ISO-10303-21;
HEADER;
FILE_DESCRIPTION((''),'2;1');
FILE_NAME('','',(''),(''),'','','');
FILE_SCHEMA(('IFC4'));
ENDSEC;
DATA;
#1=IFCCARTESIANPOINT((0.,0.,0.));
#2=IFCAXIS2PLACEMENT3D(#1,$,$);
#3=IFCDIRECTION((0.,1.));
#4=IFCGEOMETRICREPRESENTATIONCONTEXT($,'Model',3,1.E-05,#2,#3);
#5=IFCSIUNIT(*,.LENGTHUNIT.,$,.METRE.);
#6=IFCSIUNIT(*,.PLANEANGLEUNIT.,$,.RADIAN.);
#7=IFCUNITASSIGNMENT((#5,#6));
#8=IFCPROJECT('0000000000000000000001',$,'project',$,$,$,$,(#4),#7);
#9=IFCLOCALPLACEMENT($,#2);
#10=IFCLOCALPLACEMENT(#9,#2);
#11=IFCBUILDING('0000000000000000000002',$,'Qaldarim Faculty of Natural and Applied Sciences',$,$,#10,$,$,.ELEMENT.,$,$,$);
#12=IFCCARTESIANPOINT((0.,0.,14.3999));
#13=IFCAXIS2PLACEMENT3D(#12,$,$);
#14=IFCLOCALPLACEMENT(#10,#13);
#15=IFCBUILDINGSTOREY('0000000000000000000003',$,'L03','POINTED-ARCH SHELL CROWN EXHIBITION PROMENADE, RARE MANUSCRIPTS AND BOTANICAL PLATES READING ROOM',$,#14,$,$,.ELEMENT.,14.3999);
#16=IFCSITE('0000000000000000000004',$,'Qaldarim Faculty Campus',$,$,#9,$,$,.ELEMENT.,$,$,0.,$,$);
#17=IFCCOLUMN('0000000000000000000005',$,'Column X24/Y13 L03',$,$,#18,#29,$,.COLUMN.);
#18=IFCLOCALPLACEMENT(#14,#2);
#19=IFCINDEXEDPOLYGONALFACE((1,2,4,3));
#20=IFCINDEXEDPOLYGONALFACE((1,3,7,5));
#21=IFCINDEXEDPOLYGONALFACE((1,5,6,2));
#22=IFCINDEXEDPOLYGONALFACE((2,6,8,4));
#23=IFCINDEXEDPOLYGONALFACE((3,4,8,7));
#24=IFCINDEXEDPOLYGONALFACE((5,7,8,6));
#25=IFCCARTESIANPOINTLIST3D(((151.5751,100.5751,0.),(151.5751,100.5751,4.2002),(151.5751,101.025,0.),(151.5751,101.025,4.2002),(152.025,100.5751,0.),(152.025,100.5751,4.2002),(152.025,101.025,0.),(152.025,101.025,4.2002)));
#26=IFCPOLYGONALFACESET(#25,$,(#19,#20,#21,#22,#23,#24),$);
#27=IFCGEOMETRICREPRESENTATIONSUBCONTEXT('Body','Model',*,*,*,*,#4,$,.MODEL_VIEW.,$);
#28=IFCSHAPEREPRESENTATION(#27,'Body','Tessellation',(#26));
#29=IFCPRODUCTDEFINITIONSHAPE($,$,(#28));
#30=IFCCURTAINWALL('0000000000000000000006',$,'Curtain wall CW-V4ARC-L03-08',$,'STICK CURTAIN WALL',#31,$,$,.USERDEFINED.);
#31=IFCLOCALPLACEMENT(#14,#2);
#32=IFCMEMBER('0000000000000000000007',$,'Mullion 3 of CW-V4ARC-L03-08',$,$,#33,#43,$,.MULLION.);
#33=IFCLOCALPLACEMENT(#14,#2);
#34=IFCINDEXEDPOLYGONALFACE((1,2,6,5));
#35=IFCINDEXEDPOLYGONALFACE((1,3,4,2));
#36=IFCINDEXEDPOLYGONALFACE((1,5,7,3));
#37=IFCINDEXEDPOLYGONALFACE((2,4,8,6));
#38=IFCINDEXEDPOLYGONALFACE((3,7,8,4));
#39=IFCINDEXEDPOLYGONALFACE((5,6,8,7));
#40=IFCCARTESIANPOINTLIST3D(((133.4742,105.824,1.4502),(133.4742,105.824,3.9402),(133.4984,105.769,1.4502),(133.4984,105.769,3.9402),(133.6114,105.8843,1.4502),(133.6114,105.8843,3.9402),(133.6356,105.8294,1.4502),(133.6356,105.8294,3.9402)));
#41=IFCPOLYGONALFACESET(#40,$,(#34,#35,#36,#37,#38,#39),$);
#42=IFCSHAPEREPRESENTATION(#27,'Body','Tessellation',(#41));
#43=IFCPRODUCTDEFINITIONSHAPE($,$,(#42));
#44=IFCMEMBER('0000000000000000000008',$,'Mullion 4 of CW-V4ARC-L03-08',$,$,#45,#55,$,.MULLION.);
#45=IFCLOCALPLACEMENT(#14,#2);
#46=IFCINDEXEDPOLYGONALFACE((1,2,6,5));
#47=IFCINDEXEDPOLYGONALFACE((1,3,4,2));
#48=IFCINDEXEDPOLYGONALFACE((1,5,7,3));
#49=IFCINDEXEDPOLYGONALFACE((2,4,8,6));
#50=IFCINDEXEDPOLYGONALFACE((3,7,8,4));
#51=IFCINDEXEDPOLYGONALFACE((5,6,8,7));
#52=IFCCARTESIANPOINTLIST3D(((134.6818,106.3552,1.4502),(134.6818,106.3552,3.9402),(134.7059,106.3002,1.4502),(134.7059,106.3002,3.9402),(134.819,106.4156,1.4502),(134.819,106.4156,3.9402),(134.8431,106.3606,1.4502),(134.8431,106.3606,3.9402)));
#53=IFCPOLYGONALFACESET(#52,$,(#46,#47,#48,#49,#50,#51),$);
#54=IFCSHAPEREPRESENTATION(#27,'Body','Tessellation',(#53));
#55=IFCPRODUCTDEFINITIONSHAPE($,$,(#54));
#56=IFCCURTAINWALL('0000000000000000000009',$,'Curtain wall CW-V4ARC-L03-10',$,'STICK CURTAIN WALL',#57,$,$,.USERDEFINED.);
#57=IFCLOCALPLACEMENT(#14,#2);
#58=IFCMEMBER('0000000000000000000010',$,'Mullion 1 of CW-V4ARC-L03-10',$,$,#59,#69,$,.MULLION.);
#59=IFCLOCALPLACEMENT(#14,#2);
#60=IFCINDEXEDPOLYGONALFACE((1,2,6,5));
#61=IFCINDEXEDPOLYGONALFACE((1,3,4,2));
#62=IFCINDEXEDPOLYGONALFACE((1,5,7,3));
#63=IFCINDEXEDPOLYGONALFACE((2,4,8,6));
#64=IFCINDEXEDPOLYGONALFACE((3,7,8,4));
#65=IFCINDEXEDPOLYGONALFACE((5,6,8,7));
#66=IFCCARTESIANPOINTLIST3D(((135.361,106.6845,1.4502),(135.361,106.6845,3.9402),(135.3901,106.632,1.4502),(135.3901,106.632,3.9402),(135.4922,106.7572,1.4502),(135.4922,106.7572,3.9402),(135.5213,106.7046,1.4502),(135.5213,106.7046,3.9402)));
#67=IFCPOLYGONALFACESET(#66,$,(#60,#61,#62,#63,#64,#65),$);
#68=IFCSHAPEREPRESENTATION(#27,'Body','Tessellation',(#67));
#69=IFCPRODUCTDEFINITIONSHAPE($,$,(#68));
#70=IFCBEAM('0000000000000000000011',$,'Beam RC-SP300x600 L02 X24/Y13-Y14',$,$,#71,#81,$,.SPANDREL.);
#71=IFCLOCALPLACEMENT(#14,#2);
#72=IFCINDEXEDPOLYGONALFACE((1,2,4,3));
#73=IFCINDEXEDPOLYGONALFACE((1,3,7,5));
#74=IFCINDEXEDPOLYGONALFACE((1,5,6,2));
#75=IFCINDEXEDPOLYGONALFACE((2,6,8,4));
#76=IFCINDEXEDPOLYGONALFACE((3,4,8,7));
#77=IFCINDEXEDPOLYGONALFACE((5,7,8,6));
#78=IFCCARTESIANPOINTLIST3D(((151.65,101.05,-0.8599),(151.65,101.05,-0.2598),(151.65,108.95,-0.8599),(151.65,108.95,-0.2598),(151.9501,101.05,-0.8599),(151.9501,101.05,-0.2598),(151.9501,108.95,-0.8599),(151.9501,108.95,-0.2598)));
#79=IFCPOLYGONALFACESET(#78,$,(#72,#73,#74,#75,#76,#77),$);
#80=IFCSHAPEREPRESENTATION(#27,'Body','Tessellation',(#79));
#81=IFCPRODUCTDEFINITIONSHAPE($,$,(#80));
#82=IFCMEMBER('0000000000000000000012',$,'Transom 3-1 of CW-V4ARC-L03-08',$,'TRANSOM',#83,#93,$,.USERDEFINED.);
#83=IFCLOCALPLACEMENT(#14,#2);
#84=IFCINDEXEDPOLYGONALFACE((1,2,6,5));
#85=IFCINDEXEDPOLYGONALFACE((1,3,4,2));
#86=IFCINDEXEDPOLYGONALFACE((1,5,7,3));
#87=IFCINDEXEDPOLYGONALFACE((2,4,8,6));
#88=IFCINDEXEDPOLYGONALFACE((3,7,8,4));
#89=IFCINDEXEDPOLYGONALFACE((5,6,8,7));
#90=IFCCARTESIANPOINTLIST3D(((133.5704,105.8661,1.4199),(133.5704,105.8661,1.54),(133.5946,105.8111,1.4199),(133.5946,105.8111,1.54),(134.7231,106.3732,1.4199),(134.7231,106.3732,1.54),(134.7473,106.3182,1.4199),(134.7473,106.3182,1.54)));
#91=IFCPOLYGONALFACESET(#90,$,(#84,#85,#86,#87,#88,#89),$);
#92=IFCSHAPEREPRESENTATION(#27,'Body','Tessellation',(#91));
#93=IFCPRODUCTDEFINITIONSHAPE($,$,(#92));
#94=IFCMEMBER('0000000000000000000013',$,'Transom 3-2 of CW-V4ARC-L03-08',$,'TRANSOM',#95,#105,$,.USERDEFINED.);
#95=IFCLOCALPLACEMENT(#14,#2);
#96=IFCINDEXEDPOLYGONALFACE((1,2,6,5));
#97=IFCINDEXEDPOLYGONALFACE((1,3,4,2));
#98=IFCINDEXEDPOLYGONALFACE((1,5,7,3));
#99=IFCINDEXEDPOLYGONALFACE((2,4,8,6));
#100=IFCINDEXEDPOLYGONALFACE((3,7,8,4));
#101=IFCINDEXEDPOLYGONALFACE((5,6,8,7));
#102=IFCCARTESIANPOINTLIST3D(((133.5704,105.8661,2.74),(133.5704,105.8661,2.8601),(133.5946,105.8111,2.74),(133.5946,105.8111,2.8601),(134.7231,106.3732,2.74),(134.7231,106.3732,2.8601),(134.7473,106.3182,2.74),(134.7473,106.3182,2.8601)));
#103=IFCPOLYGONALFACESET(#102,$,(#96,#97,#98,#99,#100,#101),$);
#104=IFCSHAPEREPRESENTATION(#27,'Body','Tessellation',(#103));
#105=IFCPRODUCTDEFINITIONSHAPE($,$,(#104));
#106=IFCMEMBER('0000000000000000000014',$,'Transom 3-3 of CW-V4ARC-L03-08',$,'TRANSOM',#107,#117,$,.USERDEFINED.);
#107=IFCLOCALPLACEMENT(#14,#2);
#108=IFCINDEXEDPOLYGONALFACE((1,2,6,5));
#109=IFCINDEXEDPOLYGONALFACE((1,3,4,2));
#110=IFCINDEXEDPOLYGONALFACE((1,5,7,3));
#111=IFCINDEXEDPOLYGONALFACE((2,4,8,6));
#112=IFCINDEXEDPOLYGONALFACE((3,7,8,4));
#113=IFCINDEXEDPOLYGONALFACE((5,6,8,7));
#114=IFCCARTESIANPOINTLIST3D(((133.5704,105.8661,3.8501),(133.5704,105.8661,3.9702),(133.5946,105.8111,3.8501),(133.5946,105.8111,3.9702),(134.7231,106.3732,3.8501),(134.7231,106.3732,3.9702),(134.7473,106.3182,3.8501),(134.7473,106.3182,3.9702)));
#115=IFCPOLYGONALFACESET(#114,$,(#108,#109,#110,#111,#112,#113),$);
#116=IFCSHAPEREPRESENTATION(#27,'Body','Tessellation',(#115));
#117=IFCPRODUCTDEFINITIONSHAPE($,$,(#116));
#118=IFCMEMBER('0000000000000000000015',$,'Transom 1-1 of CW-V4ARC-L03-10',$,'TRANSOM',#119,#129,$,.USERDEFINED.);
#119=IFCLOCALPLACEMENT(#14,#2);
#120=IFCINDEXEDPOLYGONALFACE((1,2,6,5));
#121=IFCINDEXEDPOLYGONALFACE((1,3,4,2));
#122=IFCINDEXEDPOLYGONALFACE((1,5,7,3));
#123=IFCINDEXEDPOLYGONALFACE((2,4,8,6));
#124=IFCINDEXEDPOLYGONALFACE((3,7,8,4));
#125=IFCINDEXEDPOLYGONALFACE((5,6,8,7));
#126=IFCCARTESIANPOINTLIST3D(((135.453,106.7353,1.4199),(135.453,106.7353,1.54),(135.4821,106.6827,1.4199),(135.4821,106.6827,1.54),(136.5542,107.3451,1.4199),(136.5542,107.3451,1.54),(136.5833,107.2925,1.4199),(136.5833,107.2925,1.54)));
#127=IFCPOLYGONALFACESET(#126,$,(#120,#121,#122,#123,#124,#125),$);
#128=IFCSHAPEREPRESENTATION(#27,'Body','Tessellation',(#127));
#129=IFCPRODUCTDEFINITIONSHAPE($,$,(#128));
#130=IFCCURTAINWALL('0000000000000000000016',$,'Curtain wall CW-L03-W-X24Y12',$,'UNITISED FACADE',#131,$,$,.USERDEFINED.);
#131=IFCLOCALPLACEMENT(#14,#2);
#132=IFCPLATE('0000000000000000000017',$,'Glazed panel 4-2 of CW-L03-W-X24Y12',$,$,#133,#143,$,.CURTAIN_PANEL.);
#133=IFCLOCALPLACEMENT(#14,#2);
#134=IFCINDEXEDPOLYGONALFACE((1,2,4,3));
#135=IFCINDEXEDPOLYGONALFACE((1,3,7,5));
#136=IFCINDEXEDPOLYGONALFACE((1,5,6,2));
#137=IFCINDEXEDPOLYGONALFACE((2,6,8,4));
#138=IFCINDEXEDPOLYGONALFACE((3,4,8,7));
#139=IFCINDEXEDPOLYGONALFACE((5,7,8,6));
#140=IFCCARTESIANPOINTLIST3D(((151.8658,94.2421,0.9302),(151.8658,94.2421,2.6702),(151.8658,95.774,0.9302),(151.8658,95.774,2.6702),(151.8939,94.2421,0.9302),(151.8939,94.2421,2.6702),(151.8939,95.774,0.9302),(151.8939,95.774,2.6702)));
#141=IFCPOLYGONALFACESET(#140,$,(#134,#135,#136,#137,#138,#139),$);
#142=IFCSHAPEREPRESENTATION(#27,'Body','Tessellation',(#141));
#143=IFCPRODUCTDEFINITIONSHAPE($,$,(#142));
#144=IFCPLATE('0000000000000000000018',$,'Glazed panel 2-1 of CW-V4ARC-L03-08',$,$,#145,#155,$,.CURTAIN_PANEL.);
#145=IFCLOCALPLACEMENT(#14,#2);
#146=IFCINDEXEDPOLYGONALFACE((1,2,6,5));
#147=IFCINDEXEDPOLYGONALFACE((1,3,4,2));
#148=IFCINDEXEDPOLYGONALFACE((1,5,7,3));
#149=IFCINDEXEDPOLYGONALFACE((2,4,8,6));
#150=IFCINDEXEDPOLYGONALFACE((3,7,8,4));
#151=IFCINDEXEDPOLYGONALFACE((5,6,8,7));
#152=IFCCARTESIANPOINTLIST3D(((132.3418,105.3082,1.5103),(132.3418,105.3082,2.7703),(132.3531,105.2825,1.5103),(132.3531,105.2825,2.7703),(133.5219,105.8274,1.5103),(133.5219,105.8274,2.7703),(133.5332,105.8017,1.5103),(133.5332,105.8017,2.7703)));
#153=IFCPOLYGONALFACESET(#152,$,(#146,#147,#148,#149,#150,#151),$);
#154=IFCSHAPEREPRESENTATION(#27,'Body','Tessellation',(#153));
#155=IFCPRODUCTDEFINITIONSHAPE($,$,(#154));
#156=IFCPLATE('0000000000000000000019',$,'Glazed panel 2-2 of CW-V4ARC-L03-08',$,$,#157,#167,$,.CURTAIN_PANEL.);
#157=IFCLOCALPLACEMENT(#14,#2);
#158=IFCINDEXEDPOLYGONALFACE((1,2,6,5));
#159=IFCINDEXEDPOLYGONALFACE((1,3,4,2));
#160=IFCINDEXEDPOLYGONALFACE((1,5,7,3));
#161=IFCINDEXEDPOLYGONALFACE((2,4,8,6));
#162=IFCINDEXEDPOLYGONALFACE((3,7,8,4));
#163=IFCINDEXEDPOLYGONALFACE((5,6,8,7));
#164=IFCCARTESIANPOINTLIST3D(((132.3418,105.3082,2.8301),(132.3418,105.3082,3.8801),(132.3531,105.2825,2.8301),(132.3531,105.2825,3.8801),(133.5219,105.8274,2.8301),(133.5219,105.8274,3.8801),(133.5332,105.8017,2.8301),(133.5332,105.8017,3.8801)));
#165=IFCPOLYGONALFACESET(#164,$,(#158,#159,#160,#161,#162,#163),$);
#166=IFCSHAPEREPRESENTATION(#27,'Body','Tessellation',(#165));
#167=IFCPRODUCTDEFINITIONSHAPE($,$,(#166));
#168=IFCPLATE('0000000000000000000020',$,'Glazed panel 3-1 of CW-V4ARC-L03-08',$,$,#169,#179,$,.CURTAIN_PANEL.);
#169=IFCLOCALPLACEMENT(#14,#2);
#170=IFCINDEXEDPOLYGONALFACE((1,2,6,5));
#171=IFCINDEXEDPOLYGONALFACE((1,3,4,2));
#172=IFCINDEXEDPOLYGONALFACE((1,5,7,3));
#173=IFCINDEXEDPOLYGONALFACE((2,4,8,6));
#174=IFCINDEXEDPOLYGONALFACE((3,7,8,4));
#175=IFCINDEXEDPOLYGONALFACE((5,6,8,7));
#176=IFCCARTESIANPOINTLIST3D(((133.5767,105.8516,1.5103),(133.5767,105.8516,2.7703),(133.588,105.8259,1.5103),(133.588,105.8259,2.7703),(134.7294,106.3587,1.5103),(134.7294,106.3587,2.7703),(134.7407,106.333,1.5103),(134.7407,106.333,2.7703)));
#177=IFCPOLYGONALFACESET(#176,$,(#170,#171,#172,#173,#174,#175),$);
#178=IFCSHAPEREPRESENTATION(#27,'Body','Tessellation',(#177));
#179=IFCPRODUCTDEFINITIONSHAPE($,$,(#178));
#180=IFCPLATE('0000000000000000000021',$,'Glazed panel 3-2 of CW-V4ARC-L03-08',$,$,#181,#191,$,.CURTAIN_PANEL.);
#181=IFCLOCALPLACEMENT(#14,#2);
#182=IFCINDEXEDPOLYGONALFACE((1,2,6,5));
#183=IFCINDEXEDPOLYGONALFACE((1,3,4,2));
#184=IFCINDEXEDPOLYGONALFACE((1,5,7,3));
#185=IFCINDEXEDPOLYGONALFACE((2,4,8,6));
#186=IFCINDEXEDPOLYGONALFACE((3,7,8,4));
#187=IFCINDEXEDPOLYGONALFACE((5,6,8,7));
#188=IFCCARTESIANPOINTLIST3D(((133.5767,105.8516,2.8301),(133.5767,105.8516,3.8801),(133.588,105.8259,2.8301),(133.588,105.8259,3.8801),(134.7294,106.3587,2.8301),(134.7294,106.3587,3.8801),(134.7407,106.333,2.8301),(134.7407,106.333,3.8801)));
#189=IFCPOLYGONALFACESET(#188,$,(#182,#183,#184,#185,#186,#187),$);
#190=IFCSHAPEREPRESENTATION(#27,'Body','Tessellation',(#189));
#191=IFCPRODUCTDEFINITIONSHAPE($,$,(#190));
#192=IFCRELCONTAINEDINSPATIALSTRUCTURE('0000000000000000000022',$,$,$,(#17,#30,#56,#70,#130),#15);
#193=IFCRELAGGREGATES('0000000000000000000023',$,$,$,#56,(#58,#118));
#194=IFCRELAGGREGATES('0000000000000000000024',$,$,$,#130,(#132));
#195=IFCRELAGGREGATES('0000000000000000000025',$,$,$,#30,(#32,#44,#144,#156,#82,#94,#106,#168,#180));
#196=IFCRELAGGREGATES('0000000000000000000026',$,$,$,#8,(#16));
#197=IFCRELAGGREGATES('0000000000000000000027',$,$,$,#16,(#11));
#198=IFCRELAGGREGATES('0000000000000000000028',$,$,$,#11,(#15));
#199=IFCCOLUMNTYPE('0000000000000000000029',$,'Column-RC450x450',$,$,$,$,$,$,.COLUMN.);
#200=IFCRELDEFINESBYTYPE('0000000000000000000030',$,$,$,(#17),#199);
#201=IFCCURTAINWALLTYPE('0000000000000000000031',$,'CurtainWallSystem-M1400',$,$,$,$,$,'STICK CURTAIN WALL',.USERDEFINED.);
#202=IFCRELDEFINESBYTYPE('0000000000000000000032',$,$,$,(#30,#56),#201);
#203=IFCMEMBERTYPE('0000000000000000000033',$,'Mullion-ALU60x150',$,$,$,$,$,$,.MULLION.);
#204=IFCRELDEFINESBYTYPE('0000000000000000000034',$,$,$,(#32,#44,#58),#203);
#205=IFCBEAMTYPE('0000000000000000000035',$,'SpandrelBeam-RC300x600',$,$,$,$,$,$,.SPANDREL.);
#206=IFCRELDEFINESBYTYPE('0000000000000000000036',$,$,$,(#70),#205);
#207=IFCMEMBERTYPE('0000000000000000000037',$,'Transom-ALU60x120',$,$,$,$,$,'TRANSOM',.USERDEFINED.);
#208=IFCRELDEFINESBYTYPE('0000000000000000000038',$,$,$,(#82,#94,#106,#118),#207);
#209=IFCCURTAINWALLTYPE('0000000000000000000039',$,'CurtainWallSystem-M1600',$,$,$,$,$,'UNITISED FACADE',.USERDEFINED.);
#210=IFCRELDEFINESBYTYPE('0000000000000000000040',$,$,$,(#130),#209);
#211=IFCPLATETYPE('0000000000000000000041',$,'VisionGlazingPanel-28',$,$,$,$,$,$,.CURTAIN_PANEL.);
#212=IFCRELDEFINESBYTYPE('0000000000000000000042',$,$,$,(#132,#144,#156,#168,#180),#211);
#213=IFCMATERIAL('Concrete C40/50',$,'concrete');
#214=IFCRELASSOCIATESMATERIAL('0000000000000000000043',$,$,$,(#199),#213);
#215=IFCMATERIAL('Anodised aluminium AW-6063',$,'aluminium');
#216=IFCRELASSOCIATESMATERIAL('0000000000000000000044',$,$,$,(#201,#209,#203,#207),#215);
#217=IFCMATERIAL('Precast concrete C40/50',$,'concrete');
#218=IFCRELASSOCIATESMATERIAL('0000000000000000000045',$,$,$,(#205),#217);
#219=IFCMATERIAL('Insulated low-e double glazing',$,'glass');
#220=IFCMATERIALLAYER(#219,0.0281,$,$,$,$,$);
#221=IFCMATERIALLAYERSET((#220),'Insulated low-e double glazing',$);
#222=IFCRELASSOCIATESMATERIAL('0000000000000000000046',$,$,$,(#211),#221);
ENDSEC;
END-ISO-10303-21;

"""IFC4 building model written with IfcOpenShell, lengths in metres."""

from ifc_helpers import new_model, si_unit, direction, frame, origin, origin_2d, place, context, subcontext, project, spatial, rectangle, extrude, material, layer, layer_set, material_profile, profile_set, type_object, element, aggregate, save


model = new_model("IFC4")

# Units and contexts
model_context = context("Model", 3, precision=1e-05, world=origin(), true_north=direction((0.0, 1.0)))
body_context = subcontext(model_context, "Body", "Model", "MODEL_VIEW")
ifc_project = project(units=[si_unit("LENGTHUNIT", "METRE"), si_unit("PLANEANGLEUNIT", "RADIAN")], contexts=[model_context])

# Site, building, storey
site_placement = place(None, origin())
site = spatial("IfcSite", under=ifc_project, at=site_placement, Name="Qaldarim Faculty Campus", CompositionType="ELEMENT", RefElevation=0.0)
building_placement = place(site_placement, origin())
building = spatial("IfcBuilding", under=site, at=building_placement, Name="Qaldarim Faculty of Natural and Applied Sciences", CompositionType="ELEMENT")
storey_placement = place(building_placement, frame((0.0, 0.0, 14.3999)))
storey = spatial("IfcBuildingStorey", under=building, at=storey_placement, Name="L03", Description="POINTED-ARCH SHELL CROWN EXHIBITION PROMENADE, RARE MANUSCRIPTS AND BOTANICAL PLATES READING ROOM", CompositionType="ELEMENT", Elevation=14.3999)

# Column
ifc_material_1 = material(Name="Concrete C40/50", Category="concrete")
ifc_material_profile_1 = material_profile(ifc_material_1, rectangle(XDim=0.45, YDim=0.45, at=origin_2d()), Name="RC-C450x450")
ifc_profile_set_1 = profile_set([ifc_material_profile_1], Name="Concrete C40/50")
column_type = type_object("IfcColumnType", Name="Column-RC450x450", PredefinedType="COLUMN", material=ifc_profile_set_1)
column_placement = place(storey_placement, frame((151.8, 100.8, 0.0), z_axis=(0.0, 0.0, 1.0), x_axis=(1.0, 0.0, 0.0)))
element("IfcColumn", 1, at=column_placement, inside=storey, type_object=column_type, Name="Column X24/Y13 L03", PredefinedType="COLUMN", context=body_context, shape_type="SweptSolid", body=[
    extrude(rectangle(XDim=0.45, YDim=0.45, at=origin_2d()), origin(), (0.0, 0.0, 1.0), 4.2002),
])

# Curtain wall, members
ifc_material_2 = material(Name="Anodised aluminium AW-6063", Category="aluminium")
curtain_wall_type_1 = type_object("IfcCurtainWallType", Name="CurtainWallSystem-M1400", ElementType="STICK CURTAIN WALL", PredefinedType="USERDEFINED", material=ifc_material_2)
curtain_wall_1_placement = place(storey_placement, origin())
curtain_wall_1 = element("IfcCurtainWall", 2, at=curtain_wall_1_placement, inside=storey, type_object=curtain_wall_type_1, Name="Curtain wall CW-V4ARC-L03-08", ObjectType="STICK CURTAIN WALL", PredefinedType="USERDEFINED")
ifc_material_profile_2 = material_profile(ifc_material_2, rectangle(XDim=0.0601, YDim=0.1499, at=origin_2d()), Name="ALU-M60x150")
ifc_profile_set_2 = profile_set([ifc_material_profile_2], Name="Anodised aluminium AW-6063")
member_type_1 = type_object("IfcMemberType", Name="Mullion-ALU60x150", PredefinedType="MULLION", material=ifc_profile_set_2)
member_1_placement = place(storey_placement, frame((133.5549, 105.8267, 1.4502), z_axis=(0.0, 0.0, 1.0), x_axis=(-0.402699, 0.915333, 0.0)))
member_1 = element("IfcMember", 3, at=member_1_placement, type_object=member_type_1, Name="Mullion 3 of CW-V4ARC-L03-08", PredefinedType="MULLION", context=body_context, shape_type="SweptSolid", body=[
    extrude(rectangle(XDim=0.0601, YDim=0.1499, at=origin_2d()), origin(), (0.0, 0.0, 1.0), 2.49),
])
member_2_placement = place(storey_placement, frame((134.7625, 106.3579, 1.4502), z_axis=(0.0, 0.0, 1.0), x_axis=(-0.402699, 0.915333, 0.0)))
member_2 = element("IfcMember", 4, at=member_2_placement, type_object=member_type_1, Name="Mullion 4 of CW-V4ARC-L03-08", PredefinedType="MULLION", context=body_context, shape_type="SweptSolid", body=[
    extrude(rectangle(XDim=0.0601, YDim=0.1499, at=origin_2d()), origin(), (0.0, 0.0, 1.0), 2.49),
])

# Curtain wall, member
curtain_wall_2_placement = place(storey_placement, origin())
curtain_wall_2 = element("IfcCurtainWall", 5, at=curtain_wall_2_placement, inside=storey, type_object=curtain_wall_type_1, Name="Curtain wall CW-V4ARC-L03-10", ObjectType="STICK CURTAIN WALL", PredefinedType="USERDEFINED")
member_3_placement = place(storey_placement, frame((135.4412, 106.6946, 1.4502), z_axis=(0.0, 0.0, 1.0), x_axis=(-0.484382, 0.874857, 0.0)))
member_3 = element("IfcMember", 6, at=member_3_placement, type_object=member_type_1, Name="Mullion 1 of CW-V4ARC-L03-10", PredefinedType="MULLION", context=body_context, shape_type="SweptSolid", body=[
    extrude(rectangle(XDim=0.0601, YDim=0.1499, at=origin_2d()), origin(), (0.0, 0.0, 1.0), 2.49),
])

# Beam
ifc_material_3 = material(Name="Precast concrete C40/50", Category="concrete")
ifc_material_profile_3 = material_profile(ifc_material_3, rectangle(XDim=0.3, YDim=0.6001, at=origin_2d()), Name="RC-SP300x600")
ifc_profile_set_3 = profile_set([ifc_material_profile_3], Name="Precast concrete C40/50")
beam_type = type_object("IfcBeamType", Name="SpandrelBeam-RC300x600", PredefinedType="SPANDREL", material=ifc_profile_set_3)
beam_placement = place(storey_placement, frame((151.8, 101.05, -0.5598), z_axis=(0.0, 1.0, 0.0), x_axis=(-1.0, 0.0, 0.0)))
element("IfcBeam", 7, at=beam_placement, inside=storey, type_object=beam_type, Name="Beam RC-SP300x600 L02 X24/Y13-Y14", PredefinedType="SPANDREL", context=body_context, shape_type="SweptSolid", body=[
    extrude(rectangle(XDim=0.3, YDim=0.6001, at=origin_2d()), origin(), (0.0, 0.0, 1.0), 7.8999),
])

# Members
ifc_material_profile_4 = material_profile(ifc_material_2, rectangle(XDim=0.0601, YDim=0.1201, at=origin_2d()), Name="ALU-T60x120")
ifc_profile_set_4 = profile_set([ifc_material_profile_4], Name="Anodised aluminium AW-6063")
member_type_2 = type_object("IfcMemberType", Name="Transom-ALU60x120", ElementType="TRANSOM", PredefinedType="USERDEFINED", material=ifc_profile_set_4)
member_4_placement = place(storey_placement, frame((133.5825, 105.8386, 1.48), z_axis=(0.915332, 0.4027, 0.0), x_axis=(-0.4027, 0.915332, 0.0)))
member_4 = element("IfcMember", 8, at=member_4_placement, type_object=member_type_2, Name="Transom 3-1 of CW-V4ARC-L03-08", ObjectType="TRANSOM", PredefinedType="USERDEFINED", context=body_context, shape_type="SweptSolid", body=[
    extrude(rectangle(XDim=0.0601, YDim=0.1201, at=origin_2d()), origin(), (0.0, 0.0, 1.0), 1.2593),
])
member_5_placement = place(storey_placement, frame((133.5825, 105.8386, 2.8), z_axis=(0.915332, 0.4027, 0.0), x_axis=(-0.4027, 0.915332, 0.0)))
member_5 = element("IfcMember", 9, at=member_5_placement, type_object=member_type_2, Name="Transom 3-2 of CW-V4ARC-L03-08", ObjectType="TRANSOM", PredefinedType="USERDEFINED", context=body_context, shape_type="SweptSolid", body=[
    extrude(rectangle(XDim=0.0601, YDim=0.1201, at=origin_2d()), origin(), (0.0, 0.0, 1.0), 1.2593),
])
member_6_placement = place(storey_placement, frame((133.5825, 105.8386, 3.9102), z_axis=(0.915332, 0.4027, 0.0), x_axis=(-0.4027, 0.915332, 0.0)))
member_6 = element("IfcMember", 10, at=member_6_placement, type_object=member_type_2, Name="Transom 3-3 of CW-V4ARC-L03-08", ObjectType="TRANSOM", PredefinedType="USERDEFINED", context=body_context, shape_type="SweptSolid", body=[
    extrude(rectangle(XDim=0.0601, YDim=0.1201, at=origin_2d()), origin(), (0.0, 0.0, 1.0), 1.2593),
])
member_7_placement = place(storey_placement, frame((135.4675, 106.709, 1.48), z_axis=(0.874824, 0.48444, 0.0), x_axis=(-0.48444, 0.874824, 0.0)))
member_7 = element("IfcMember", 11, at=member_7_placement, type_object=member_type_2, Name="Transom 1-1 of CW-V4ARC-L03-10", ObjectType="TRANSOM", PredefinedType="USERDEFINED", context=body_context, shape_type="SweptSolid", body=[
    extrude(rectangle(XDim=0.0601, YDim=0.1201, at=origin_2d()), origin(), (0.0, 0.0, 1.0), 1.2588),
])
aggregate(curtain_wall_2, [member_3, member_7])

# Curtain wall, plate
curtain_wall_type_2 = type_object("IfcCurtainWallType", Name="CurtainWallSystem-M1600", ElementType="UNITISED FACADE", PredefinedType="USERDEFINED", material=ifc_material_2)
curtain_wall_3_placement = place(storey_placement, origin())
curtain_wall_3 = element("IfcCurtainWall", 12, at=curtain_wall_3_placement, inside=storey, type_object=curtain_wall_type_2, Name="Curtain wall CW-L03-W-X24Y12", ObjectType="UNITISED FACADE", PredefinedType="USERDEFINED")
ifc_material_4 = material(Name="Insulated low-e double glazing", Category="glass")
ifc_layer_1 = layer(ifc_material_4, 0.0281)
ifc_layer_set_1 = layer_set([ifc_layer_1], Name="Insulated low-e double glazing")
plate_type = type_object("IfcPlateType", Name="VisionGlazingPanel-28", PredefinedType="CURTAIN_PANEL", material=ifc_layer_set_1)
plate_1_placement = place(storey_placement, frame((151.8799, 95.0081, 0.9302), z_axis=(0.0, 0.0, 1.0), x_axis=(0.0, -1.0, 0.0)))
plate_1 = element("IfcPlate", 13, at=plate_1_placement, type_object=plate_type, Name="Glazed panel 4-2 of CW-L03-W-X24Y12", PredefinedType="CURTAIN_PANEL", context=body_context, shape_type="SweptSolid", body=[
    extrude(rectangle(XDim=1.532, YDim=0.0281, at=origin_2d()), origin(), (0.0, 0.0, 1.0), 1.74),
])
aggregate(curtain_wall_3, [plate_1])

# Plates
plate_2_placement = place(storey_placement, frame((132.9375, 105.5549, 1.5103), z_axis=(0.0, 0.0, 1.0), x_axis=(0.915333, 0.402699, 0.0)))
plate_2 = element("IfcPlate", 14, at=plate_2_placement, type_object=plate_type, Name="Glazed panel 2-1 of CW-V4ARC-L03-08", PredefinedType="CURTAIN_PANEL", context=body_context, shape_type="SweptSolid", body=[
    extrude(rectangle(XDim=1.2893, YDim=0.0281, at=origin_2d()), origin(), (0.0, 0.0, 1.0), 1.26),
])
plate_3_placement = place(storey_placement, frame((132.9375, 105.5549, 2.8301), z_axis=(0.0, 0.0, 1.0), x_axis=(0.915333, 0.402699, 0.0)))
plate_3 = element("IfcPlate", 15, at=plate_3_placement, type_object=plate_type, Name="Glazed panel 2-2 of CW-V4ARC-L03-08", PredefinedType="CURTAIN_PANEL", context=body_context, shape_type="SweptSolid", body=[
    extrude(rectangle(XDim=1.2893, YDim=0.0281, at=origin_2d()), origin(), (0.0, 0.0, 1.0), 1.05),
])
plate_4_placement = place(storey_placement, frame((134.1587, 106.0923, 1.5103), z_axis=(0.0, 0.0, 1.0), x_axis=(0.915333, 0.402699, 0.0)))
plate_4 = element("IfcPlate", 16, at=plate_4_placement, type_object=plate_type, Name="Glazed panel 3-1 of CW-V4ARC-L03-08", PredefinedType="CURTAIN_PANEL", context=body_context, shape_type="SweptSolid", body=[
    extrude(rectangle(XDim=1.2593, YDim=0.0281, at=origin_2d()), origin(), (0.0, 0.0, 1.0), 1.26),
])
plate_5_placement = place(storey_placement, frame((134.1587, 106.0923, 2.8301), z_axis=(0.0, 0.0, 1.0), x_axis=(0.915333, 0.402699, 0.0)))
plate_5 = element("IfcPlate", 17, at=plate_5_placement, type_object=plate_type, Name="Glazed panel 3-2 of CW-V4ARC-L03-08", PredefinedType="CURTAIN_PANEL", context=body_context, shape_type="SweptSolid", body=[
    extrude(rectangle(XDim=1.2593, YDim=0.0281, at=origin_2d()), origin(), (0.0, 0.0, 1.0), 1.05),
])
aggregate(curtain_wall_1, [member_1, member_2, plate_2, plate_3, member_4, member_5, member_6, plate_4, plate_5])

save(model, "model.ifc")
